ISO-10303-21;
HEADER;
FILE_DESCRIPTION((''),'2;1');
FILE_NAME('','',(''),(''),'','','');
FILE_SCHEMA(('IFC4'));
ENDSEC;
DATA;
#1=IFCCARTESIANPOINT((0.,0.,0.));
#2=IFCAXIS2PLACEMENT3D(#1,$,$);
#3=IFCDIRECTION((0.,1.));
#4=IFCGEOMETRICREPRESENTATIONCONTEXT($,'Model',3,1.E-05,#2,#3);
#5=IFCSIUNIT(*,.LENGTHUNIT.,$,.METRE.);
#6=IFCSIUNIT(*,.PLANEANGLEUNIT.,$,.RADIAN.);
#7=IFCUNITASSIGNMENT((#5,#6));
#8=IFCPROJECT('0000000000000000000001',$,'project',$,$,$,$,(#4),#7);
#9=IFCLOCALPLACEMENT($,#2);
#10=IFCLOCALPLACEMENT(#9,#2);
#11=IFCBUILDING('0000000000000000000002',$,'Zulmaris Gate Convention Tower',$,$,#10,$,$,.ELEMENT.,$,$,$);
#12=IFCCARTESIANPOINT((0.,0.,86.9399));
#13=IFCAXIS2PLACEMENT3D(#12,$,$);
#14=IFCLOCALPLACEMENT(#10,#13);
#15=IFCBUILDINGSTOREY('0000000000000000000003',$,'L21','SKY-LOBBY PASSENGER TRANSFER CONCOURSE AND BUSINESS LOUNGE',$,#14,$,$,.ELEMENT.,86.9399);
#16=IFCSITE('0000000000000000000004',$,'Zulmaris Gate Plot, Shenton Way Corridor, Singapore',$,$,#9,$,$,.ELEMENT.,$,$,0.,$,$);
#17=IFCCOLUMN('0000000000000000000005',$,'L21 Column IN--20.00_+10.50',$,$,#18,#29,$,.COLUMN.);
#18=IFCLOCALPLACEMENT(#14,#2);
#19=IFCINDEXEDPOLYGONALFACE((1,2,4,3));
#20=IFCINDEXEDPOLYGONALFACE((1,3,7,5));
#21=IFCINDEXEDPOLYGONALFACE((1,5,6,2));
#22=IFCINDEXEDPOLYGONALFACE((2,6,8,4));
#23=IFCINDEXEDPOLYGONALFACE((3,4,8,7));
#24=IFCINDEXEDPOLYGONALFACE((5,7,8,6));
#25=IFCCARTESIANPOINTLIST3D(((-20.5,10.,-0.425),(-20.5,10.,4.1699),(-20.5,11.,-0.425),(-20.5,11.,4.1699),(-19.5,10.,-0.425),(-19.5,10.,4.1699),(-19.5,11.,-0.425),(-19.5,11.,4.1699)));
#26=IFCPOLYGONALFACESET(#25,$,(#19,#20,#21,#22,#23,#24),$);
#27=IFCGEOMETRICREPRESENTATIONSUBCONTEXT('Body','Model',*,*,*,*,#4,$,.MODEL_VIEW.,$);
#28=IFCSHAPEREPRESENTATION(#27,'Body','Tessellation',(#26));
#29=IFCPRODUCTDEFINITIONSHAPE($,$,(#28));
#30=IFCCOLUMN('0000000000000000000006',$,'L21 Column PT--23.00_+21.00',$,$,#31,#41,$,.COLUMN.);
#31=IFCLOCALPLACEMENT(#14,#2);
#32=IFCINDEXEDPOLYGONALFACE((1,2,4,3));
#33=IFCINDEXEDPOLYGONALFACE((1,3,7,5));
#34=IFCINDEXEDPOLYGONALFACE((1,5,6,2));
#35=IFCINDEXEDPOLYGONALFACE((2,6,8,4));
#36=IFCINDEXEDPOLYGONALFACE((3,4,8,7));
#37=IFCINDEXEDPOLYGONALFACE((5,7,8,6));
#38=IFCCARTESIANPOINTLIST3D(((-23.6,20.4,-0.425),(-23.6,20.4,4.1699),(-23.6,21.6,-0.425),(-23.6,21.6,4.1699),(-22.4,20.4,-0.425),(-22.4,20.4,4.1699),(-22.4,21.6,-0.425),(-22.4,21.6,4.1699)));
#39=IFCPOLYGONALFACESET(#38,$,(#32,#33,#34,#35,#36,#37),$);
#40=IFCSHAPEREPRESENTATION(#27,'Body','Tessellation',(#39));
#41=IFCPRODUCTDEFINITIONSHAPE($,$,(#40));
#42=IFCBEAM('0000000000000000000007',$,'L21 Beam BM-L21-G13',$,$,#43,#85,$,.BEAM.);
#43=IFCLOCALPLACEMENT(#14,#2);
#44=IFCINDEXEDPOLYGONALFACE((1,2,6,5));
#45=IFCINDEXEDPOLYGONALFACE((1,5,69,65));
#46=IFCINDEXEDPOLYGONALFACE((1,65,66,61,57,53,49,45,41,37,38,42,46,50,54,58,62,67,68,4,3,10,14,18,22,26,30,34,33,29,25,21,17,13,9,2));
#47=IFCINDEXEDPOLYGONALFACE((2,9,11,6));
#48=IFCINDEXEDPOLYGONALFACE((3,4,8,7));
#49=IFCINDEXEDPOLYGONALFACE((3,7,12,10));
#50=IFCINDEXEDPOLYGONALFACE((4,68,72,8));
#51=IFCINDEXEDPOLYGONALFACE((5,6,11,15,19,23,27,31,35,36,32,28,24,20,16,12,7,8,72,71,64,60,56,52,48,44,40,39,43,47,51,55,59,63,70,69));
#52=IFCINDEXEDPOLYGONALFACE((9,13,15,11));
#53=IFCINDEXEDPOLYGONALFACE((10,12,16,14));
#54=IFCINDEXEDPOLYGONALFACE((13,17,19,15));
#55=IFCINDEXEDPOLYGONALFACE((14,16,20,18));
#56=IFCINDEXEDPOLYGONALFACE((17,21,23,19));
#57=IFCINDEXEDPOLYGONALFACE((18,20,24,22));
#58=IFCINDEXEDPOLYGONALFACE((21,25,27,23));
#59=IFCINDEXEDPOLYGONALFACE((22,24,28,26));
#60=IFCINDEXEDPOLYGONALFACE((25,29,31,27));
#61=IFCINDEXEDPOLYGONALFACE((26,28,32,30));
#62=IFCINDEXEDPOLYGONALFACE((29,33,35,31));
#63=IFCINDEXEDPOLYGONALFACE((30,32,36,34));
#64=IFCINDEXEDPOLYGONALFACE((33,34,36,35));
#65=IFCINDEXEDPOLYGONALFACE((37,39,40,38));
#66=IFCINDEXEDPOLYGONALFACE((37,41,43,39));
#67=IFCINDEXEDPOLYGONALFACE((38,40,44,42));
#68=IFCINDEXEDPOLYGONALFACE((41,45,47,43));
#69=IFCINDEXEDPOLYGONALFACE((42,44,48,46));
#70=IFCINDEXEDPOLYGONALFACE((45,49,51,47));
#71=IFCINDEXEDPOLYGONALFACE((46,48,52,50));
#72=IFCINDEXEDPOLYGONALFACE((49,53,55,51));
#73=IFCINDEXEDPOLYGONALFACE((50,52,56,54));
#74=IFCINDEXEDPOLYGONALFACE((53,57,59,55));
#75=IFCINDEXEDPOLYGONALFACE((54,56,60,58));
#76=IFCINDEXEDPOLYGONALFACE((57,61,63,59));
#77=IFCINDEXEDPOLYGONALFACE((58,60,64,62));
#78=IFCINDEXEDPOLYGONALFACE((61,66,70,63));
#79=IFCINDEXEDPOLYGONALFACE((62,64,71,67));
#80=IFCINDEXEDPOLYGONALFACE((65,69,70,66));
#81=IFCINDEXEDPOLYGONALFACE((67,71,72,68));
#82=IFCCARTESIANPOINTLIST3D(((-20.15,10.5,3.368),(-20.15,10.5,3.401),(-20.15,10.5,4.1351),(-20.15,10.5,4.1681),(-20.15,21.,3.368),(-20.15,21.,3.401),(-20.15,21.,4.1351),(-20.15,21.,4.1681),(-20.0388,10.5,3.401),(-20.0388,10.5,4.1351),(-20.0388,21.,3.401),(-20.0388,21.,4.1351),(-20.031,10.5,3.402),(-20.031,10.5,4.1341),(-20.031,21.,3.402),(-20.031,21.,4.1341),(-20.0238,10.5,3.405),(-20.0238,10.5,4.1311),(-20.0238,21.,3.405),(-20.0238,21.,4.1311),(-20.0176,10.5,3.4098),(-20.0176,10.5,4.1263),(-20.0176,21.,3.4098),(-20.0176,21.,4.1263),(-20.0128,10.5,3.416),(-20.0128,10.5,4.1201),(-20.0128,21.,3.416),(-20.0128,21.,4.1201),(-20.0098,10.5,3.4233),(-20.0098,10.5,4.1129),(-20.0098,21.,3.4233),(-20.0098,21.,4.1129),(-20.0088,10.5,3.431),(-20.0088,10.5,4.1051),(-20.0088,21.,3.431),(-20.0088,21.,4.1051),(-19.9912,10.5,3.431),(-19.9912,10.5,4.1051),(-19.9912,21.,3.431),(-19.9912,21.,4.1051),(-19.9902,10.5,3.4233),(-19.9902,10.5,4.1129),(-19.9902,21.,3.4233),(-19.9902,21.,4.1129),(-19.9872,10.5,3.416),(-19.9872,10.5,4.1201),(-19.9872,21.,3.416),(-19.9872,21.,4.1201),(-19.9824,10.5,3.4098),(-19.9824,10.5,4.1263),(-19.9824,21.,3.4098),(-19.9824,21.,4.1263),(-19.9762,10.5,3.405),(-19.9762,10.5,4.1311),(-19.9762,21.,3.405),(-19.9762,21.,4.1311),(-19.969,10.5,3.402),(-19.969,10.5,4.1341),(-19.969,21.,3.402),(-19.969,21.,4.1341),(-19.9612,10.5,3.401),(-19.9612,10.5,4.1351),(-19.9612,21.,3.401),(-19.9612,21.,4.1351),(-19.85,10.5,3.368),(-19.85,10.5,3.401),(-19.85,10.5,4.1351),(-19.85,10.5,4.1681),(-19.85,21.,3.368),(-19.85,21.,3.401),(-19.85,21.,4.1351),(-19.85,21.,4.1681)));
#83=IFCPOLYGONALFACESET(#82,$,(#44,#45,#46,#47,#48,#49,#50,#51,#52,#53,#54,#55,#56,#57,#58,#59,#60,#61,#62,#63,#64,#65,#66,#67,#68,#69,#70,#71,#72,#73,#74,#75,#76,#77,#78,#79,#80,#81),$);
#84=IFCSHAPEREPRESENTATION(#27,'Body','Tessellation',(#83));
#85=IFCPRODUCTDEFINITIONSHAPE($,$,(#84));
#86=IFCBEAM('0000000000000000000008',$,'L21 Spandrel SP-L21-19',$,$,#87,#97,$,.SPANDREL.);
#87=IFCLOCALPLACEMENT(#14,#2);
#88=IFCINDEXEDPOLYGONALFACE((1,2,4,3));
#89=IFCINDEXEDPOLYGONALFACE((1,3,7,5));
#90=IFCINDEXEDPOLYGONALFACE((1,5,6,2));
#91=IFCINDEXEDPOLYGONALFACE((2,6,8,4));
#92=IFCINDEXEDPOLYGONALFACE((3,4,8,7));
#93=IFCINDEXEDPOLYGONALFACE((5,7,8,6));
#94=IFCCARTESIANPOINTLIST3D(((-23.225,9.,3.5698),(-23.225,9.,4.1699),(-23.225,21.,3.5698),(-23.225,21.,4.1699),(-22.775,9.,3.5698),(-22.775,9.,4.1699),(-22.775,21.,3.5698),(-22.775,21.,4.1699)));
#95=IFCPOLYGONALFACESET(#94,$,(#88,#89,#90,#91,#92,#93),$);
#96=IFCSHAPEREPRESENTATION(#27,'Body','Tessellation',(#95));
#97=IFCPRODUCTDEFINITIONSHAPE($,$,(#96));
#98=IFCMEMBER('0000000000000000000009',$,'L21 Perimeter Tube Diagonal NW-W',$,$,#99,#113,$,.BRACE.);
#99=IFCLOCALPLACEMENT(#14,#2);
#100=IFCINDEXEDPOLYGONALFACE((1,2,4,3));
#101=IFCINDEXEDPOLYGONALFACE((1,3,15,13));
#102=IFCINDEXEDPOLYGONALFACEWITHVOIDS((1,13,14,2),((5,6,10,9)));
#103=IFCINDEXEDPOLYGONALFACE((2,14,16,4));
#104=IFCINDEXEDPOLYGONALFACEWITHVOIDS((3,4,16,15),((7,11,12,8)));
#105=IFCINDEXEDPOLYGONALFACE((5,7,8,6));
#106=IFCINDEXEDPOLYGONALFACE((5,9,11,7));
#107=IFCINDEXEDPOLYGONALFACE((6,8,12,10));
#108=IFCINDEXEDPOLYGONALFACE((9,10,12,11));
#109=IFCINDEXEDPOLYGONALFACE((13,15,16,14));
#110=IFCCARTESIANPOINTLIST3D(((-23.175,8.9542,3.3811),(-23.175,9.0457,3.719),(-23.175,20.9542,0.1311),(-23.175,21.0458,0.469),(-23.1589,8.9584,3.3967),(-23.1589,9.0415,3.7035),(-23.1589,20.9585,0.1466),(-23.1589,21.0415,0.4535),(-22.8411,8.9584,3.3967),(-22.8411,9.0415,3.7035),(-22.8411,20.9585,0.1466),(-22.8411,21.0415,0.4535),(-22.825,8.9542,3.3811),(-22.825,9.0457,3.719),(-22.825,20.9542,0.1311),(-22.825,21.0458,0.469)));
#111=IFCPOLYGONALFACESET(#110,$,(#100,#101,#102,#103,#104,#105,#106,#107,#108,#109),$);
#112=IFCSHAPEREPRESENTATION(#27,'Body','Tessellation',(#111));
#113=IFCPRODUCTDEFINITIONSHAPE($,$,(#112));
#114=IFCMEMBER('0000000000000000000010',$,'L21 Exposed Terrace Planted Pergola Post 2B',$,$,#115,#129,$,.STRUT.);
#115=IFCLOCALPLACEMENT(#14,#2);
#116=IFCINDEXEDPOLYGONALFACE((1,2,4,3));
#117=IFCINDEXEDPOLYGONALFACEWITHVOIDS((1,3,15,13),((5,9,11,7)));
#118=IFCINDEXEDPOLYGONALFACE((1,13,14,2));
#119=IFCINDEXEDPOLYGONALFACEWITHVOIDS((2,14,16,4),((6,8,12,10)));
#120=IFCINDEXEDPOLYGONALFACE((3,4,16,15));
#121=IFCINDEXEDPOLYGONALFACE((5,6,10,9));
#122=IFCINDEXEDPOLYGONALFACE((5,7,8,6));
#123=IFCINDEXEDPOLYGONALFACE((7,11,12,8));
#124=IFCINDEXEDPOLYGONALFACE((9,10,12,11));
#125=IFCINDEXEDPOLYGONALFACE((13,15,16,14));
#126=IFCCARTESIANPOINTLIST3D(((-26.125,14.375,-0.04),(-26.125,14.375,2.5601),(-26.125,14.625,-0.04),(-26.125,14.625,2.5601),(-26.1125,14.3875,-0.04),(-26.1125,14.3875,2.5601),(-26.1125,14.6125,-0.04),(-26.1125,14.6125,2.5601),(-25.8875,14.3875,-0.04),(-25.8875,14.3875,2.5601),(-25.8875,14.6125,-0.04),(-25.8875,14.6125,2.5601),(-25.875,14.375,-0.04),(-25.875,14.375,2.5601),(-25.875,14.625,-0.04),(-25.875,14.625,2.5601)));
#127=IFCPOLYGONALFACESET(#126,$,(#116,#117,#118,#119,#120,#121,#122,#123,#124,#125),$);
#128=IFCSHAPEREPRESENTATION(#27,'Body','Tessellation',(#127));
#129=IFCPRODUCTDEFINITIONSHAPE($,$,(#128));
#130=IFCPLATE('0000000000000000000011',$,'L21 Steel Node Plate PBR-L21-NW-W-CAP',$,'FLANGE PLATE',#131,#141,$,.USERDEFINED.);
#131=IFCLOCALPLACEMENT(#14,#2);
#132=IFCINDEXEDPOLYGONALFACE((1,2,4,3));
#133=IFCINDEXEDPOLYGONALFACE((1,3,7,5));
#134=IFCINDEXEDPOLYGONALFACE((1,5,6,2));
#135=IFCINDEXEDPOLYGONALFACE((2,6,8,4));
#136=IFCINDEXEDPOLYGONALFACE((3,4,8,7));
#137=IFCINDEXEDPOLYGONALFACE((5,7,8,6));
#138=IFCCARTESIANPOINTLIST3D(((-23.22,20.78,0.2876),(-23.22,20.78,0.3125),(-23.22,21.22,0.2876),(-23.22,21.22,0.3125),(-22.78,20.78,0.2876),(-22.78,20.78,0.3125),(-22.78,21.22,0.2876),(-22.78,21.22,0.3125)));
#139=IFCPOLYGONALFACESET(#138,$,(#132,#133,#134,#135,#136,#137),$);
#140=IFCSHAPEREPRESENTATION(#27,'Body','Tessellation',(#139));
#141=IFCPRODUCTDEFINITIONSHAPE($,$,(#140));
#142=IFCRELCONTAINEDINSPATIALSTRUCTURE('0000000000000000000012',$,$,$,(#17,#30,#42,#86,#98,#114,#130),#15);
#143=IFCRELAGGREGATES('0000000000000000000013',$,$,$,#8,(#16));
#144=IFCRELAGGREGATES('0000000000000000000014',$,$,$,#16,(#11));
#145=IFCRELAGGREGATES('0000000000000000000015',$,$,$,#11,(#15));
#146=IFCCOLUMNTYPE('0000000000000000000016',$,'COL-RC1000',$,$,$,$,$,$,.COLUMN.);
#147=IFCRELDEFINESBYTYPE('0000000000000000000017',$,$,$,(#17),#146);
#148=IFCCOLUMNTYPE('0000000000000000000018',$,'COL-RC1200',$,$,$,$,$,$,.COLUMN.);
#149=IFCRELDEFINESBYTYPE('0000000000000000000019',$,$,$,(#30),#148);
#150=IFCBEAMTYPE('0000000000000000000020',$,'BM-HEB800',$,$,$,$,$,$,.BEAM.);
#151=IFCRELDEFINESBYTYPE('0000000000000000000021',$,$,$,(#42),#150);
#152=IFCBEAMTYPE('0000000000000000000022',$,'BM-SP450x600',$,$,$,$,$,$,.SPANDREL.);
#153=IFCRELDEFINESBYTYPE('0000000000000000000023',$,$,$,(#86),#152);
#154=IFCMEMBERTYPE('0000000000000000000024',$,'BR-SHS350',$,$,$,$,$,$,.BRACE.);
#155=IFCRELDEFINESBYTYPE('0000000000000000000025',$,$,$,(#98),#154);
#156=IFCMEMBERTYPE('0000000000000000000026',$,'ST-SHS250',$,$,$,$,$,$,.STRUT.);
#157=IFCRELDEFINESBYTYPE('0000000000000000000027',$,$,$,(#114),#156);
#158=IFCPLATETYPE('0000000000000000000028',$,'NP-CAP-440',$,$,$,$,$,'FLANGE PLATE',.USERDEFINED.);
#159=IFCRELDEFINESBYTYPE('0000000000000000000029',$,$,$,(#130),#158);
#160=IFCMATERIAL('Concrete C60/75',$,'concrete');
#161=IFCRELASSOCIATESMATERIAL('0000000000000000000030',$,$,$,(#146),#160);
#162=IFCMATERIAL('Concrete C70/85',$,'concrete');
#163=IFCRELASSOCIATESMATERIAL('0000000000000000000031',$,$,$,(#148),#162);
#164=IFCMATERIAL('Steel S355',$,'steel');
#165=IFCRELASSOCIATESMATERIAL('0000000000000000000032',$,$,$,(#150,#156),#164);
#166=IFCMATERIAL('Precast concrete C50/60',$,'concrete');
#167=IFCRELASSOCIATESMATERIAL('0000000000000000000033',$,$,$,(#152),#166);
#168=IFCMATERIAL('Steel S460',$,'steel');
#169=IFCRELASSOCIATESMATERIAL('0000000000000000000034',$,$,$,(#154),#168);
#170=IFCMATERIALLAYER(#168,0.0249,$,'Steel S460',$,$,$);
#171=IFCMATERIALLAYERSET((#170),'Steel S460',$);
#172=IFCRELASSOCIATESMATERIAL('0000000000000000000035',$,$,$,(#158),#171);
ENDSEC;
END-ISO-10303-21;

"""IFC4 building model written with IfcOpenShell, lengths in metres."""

from ifc_helpers import new_model, si_unit, direction, frame, origin, origin_2d, place, context, subcontext, project, spatial, rectangle, hollow_rectangle, i_section, extrude, material, layer, layer_set, material_profile, profile_set, type_object, element, save


model = new_model("IFC4")

# Units and contexts
model_context = context("Model", 3, precision=1e-05, world=origin(), true_north=direction((0.0, 1.0)))
body_context = subcontext(model_context, "Body", "Model", "MODEL_VIEW")
ifc_project = project(units=[si_unit("LENGTHUNIT", "METRE"), si_unit("PLANEANGLEUNIT", "RADIAN")], contexts=[model_context])

# Site, building, storey
site_placement = place(None, origin())
site = spatial("IfcSite", under=ifc_project, at=site_placement, Name="Zulmaris Gate Plot, Shenton Way Corridor, Singapore", CompositionType="ELEMENT", RefElevation=0.0)
building_placement = place(site_placement, origin())
building = spatial("IfcBuilding", under=site, at=building_placement, Name="Zulmaris Gate Convention Tower", CompositionType="ELEMENT")
storey_placement = place(building_placement, frame((0.0, 0.0, 86.9399)))
storey = spatial("IfcBuildingStorey", under=building, at=storey_placement, Name="L21", Description="SKY-LOBBY PASSENGER TRANSFER CONCOURSE AND BUSINESS LOUNGE", CompositionType="ELEMENT", Elevation=86.9399)

# Columns
ifc_material_1 = material(Name="Concrete C60/75", Category="concrete")
ifc_material_profile_1 = material_profile(ifc_material_1, rectangle(XDim=1.0, YDim=1.0, at=origin_2d()), Name="RC COL 1000x1000")
ifc_profile_set_1 = profile_set([ifc_material_profile_1], Name="Concrete C60/75")
column_type_1 = type_object("IfcColumnType", Name="COL-RC1000", PredefinedType="COLUMN", material=ifc_profile_set_1)
column_1_placement = place(storey_placement, frame((-20.0, 10.5, -0.425), z_axis=(0.0, 0.0, 1.0), x_axis=(1.0, 0.0, 0.0)))
element("IfcColumn", 1, at=column_1_placement, inside=storey, type_object=column_type_1, Name="L21 Column IN--20.00_+10.50", PredefinedType="COLUMN", context=body_context, shape_type="SweptSolid", body=[
    extrude(rectangle(XDim=1.0, YDim=1.0, at=origin_2d()), origin(), (0.0, 0.0, 1.0), 4.595),
])
ifc_material_2 = material(Name="Concrete C70/85", Category="concrete")
ifc_material_profile_2 = material_profile(ifc_material_2, rectangle(XDim=1.2, YDim=1.2, at=origin_2d()), Name="RC COL 1200x1200")
ifc_profile_set_2 = profile_set([ifc_material_profile_2], Name="Concrete C70/85")
column_type_2 = type_object("IfcColumnType", Name="COL-RC1200", PredefinedType="COLUMN", material=ifc_profile_set_2)
column_2_placement = place(storey_placement, frame((-23.0, 21.0, -0.425), z_axis=(0.0, 0.0, 1.0), x_axis=(1.0, 0.0, 0.0)))
element("IfcColumn", 2, at=column_2_placement, inside=storey, type_object=column_type_2, Name="L21 Column PT--23.00_+21.00", PredefinedType="COLUMN", context=body_context, shape_type="SweptSolid", body=[
    extrude(rectangle(XDim=1.2, YDim=1.2, at=origin_2d()), origin(), (0.0, 0.0, 1.0), 4.595),
])

# Beams
ifc_material_3 = material(Name="Steel S355", Category="steel")
ifc_material_profile_3 = material_profile(ifc_material_3, i_section(OverallWidth=0.3, OverallDepth=0.8, WebThickness=0.0176, FlangeThickness=0.033, FilletRadius=0.03, at=origin_2d()), Name="HEB 800")
ifc_profile_set_3 = profile_set([ifc_material_profile_3], Name="Steel S355")
beam_type_1 = type_object("IfcBeamType", Name="BM-HEB800", PredefinedType="BEAM", material=ifc_profile_set_3)
beam_1_placement = place(storey_placement, frame((-20.0, 10.5, 3.7681), z_axis=(0.0, 1.0, 0.0), x_axis=(-1.0, 0.0, 0.0)))
element("IfcBeam", 3, at=beam_1_placement, inside=storey, type_object=beam_type_1, Name="L21 Beam BM-L21-G13", PredefinedType="BEAM", context=body_context, shape_type="SweptSolid", body=[
    extrude(i_section(OverallWidth=0.3, OverallDepth=0.8, WebThickness=0.0176, FlangeThickness=0.033, FilletRadius=0.03, at=origin_2d()), origin(), (0.0, 0.0, 1.0), 10.5),
])
ifc_material_4 = material(Name="Precast concrete C50/60", Category="concrete")
ifc_material_profile_4 = material_profile(ifc_material_4, rectangle(XDim=0.45, YDim=0.6001, at=origin_2d()), Name="RC SPANDREL 450x600")
ifc_profile_set_4 = profile_set([ifc_material_profile_4], Name="Precast concrete C50/60")
beam_type_2 = type_object("IfcBeamType", Name="BM-SP450x600", PredefinedType="SPANDREL", material=ifc_profile_set_4)
beam_2_placement = place(storey_placement, frame((-23.0, 21.0, 3.8699), z_axis=(0.0, -1.0, 0.0), x_axis=(1.0, 0.0, 0.0)))
element("IfcBeam", 4, at=beam_2_placement, inside=storey, type_object=beam_type_2, Name="L21 Spandrel SP-L21-19", PredefinedType="SPANDREL", context=body_context, shape_type="SweptSolid", body=[
    extrude(rectangle(XDim=0.45, YDim=0.6001, at=origin_2d()), origin(), (0.0, 0.0, 1.0), 12.0),
])

# Members
ifc_material_5 = material(Name="Steel S460", Category="steel")
ifc_material_profile_5 = material_profile(ifc_material_5, hollow_rectangle(XDim=0.3501, YDim=0.3501, WallThickness=0.0161, at=origin_2d()), Name="SHS 350x350x16")
ifc_profile_set_5 = profile_set([ifc_material_profile_5], Name="Steel S460")
member_type_1 = type_object("IfcMemberType", Name="BR-SHS350", PredefinedType="BRACE", material=ifc_profile_set_5)
member_1_placement = place(storey_placement, frame((-23.0, 21.0, 0.3), z_axis=(0.0, -0.965226, 0.261415), x_axis=(1.0, 0.0, 0.0)))
element("IfcMember", 5, at=member_1_placement, inside=storey, type_object=member_type_1, Name="L21 Perimeter Tube Diagonal NW-W", PredefinedType="BRACE", context=body_context, shape_type="SweptSolid", body=[
    extrude(hollow_rectangle(XDim=0.3501, YDim=0.3501, WallThickness=0.0161, at=origin_2d()), origin(), (0.0, 0.0, 1.0), 12.4324),
])
ifc_material_profile_6 = material_profile(ifc_material_3, hollow_rectangle(XDim=0.25, YDim=0.25, WallThickness=0.0125, at=origin_2d()), Name="SHS 250x250x12.5")
ifc_profile_set_6 = profile_set([ifc_material_profile_6], Name="Steel S355")
member_type_2 = type_object("IfcMemberType", Name="ST-SHS250", PredefinedType="STRUT", material=ifc_profile_set_6)
member_2_placement = place(storey_placement, frame((-26.0, 14.5, -0.04), z_axis=(0.0, 0.0, 1.0), x_axis=(1.0, 0.0, 0.0)))
element("IfcMember", 6, at=member_2_placement, inside=storey, type_object=member_type_2, Name="L21 Exposed Terrace Planted Pergola Post 2B", PredefinedType="STRUT", context=body_context, shape_type="SweptSolid", body=[
    extrude(hollow_rectangle(XDim=0.25, YDim=0.25, WallThickness=0.0125, at=origin_2d()), origin(), (0.0, 0.0, 1.0), 2.6001),
])

# Plate
ifc_layer_1 = layer(ifc_material_5, 0.0249, Name="Steel S460")
ifc_layer_set_1 = layer_set([ifc_layer_1], Name="Steel S460")
plate_type = type_object("IfcPlateType", Name="NP-CAP-440", ElementType="FLANGE PLATE", PredefinedType="USERDEFINED", material=ifc_layer_set_1)
plate_placement = place(storey_placement, frame((-23.0, 21.0, 0.2876), z_axis=(0.0, 0.0, 1.0), x_axis=(1.0, 0.0, 0.0)))
element("IfcPlate", 7, at=plate_placement, inside=storey, type_object=plate_type, Name="L21 Steel Node Plate PBR-L21-NW-W-CAP", ObjectType="FLANGE PLATE", PredefinedType="USERDEFINED", context=body_context, shape_type="SweptSolid", body=[
    extrude(rectangle(XDim=0.4399, YDim=0.4399, at=origin_2d()), origin(), (0.0, 0.0, 1.0), 0.0249),
])

save(model, "model.ifc")
